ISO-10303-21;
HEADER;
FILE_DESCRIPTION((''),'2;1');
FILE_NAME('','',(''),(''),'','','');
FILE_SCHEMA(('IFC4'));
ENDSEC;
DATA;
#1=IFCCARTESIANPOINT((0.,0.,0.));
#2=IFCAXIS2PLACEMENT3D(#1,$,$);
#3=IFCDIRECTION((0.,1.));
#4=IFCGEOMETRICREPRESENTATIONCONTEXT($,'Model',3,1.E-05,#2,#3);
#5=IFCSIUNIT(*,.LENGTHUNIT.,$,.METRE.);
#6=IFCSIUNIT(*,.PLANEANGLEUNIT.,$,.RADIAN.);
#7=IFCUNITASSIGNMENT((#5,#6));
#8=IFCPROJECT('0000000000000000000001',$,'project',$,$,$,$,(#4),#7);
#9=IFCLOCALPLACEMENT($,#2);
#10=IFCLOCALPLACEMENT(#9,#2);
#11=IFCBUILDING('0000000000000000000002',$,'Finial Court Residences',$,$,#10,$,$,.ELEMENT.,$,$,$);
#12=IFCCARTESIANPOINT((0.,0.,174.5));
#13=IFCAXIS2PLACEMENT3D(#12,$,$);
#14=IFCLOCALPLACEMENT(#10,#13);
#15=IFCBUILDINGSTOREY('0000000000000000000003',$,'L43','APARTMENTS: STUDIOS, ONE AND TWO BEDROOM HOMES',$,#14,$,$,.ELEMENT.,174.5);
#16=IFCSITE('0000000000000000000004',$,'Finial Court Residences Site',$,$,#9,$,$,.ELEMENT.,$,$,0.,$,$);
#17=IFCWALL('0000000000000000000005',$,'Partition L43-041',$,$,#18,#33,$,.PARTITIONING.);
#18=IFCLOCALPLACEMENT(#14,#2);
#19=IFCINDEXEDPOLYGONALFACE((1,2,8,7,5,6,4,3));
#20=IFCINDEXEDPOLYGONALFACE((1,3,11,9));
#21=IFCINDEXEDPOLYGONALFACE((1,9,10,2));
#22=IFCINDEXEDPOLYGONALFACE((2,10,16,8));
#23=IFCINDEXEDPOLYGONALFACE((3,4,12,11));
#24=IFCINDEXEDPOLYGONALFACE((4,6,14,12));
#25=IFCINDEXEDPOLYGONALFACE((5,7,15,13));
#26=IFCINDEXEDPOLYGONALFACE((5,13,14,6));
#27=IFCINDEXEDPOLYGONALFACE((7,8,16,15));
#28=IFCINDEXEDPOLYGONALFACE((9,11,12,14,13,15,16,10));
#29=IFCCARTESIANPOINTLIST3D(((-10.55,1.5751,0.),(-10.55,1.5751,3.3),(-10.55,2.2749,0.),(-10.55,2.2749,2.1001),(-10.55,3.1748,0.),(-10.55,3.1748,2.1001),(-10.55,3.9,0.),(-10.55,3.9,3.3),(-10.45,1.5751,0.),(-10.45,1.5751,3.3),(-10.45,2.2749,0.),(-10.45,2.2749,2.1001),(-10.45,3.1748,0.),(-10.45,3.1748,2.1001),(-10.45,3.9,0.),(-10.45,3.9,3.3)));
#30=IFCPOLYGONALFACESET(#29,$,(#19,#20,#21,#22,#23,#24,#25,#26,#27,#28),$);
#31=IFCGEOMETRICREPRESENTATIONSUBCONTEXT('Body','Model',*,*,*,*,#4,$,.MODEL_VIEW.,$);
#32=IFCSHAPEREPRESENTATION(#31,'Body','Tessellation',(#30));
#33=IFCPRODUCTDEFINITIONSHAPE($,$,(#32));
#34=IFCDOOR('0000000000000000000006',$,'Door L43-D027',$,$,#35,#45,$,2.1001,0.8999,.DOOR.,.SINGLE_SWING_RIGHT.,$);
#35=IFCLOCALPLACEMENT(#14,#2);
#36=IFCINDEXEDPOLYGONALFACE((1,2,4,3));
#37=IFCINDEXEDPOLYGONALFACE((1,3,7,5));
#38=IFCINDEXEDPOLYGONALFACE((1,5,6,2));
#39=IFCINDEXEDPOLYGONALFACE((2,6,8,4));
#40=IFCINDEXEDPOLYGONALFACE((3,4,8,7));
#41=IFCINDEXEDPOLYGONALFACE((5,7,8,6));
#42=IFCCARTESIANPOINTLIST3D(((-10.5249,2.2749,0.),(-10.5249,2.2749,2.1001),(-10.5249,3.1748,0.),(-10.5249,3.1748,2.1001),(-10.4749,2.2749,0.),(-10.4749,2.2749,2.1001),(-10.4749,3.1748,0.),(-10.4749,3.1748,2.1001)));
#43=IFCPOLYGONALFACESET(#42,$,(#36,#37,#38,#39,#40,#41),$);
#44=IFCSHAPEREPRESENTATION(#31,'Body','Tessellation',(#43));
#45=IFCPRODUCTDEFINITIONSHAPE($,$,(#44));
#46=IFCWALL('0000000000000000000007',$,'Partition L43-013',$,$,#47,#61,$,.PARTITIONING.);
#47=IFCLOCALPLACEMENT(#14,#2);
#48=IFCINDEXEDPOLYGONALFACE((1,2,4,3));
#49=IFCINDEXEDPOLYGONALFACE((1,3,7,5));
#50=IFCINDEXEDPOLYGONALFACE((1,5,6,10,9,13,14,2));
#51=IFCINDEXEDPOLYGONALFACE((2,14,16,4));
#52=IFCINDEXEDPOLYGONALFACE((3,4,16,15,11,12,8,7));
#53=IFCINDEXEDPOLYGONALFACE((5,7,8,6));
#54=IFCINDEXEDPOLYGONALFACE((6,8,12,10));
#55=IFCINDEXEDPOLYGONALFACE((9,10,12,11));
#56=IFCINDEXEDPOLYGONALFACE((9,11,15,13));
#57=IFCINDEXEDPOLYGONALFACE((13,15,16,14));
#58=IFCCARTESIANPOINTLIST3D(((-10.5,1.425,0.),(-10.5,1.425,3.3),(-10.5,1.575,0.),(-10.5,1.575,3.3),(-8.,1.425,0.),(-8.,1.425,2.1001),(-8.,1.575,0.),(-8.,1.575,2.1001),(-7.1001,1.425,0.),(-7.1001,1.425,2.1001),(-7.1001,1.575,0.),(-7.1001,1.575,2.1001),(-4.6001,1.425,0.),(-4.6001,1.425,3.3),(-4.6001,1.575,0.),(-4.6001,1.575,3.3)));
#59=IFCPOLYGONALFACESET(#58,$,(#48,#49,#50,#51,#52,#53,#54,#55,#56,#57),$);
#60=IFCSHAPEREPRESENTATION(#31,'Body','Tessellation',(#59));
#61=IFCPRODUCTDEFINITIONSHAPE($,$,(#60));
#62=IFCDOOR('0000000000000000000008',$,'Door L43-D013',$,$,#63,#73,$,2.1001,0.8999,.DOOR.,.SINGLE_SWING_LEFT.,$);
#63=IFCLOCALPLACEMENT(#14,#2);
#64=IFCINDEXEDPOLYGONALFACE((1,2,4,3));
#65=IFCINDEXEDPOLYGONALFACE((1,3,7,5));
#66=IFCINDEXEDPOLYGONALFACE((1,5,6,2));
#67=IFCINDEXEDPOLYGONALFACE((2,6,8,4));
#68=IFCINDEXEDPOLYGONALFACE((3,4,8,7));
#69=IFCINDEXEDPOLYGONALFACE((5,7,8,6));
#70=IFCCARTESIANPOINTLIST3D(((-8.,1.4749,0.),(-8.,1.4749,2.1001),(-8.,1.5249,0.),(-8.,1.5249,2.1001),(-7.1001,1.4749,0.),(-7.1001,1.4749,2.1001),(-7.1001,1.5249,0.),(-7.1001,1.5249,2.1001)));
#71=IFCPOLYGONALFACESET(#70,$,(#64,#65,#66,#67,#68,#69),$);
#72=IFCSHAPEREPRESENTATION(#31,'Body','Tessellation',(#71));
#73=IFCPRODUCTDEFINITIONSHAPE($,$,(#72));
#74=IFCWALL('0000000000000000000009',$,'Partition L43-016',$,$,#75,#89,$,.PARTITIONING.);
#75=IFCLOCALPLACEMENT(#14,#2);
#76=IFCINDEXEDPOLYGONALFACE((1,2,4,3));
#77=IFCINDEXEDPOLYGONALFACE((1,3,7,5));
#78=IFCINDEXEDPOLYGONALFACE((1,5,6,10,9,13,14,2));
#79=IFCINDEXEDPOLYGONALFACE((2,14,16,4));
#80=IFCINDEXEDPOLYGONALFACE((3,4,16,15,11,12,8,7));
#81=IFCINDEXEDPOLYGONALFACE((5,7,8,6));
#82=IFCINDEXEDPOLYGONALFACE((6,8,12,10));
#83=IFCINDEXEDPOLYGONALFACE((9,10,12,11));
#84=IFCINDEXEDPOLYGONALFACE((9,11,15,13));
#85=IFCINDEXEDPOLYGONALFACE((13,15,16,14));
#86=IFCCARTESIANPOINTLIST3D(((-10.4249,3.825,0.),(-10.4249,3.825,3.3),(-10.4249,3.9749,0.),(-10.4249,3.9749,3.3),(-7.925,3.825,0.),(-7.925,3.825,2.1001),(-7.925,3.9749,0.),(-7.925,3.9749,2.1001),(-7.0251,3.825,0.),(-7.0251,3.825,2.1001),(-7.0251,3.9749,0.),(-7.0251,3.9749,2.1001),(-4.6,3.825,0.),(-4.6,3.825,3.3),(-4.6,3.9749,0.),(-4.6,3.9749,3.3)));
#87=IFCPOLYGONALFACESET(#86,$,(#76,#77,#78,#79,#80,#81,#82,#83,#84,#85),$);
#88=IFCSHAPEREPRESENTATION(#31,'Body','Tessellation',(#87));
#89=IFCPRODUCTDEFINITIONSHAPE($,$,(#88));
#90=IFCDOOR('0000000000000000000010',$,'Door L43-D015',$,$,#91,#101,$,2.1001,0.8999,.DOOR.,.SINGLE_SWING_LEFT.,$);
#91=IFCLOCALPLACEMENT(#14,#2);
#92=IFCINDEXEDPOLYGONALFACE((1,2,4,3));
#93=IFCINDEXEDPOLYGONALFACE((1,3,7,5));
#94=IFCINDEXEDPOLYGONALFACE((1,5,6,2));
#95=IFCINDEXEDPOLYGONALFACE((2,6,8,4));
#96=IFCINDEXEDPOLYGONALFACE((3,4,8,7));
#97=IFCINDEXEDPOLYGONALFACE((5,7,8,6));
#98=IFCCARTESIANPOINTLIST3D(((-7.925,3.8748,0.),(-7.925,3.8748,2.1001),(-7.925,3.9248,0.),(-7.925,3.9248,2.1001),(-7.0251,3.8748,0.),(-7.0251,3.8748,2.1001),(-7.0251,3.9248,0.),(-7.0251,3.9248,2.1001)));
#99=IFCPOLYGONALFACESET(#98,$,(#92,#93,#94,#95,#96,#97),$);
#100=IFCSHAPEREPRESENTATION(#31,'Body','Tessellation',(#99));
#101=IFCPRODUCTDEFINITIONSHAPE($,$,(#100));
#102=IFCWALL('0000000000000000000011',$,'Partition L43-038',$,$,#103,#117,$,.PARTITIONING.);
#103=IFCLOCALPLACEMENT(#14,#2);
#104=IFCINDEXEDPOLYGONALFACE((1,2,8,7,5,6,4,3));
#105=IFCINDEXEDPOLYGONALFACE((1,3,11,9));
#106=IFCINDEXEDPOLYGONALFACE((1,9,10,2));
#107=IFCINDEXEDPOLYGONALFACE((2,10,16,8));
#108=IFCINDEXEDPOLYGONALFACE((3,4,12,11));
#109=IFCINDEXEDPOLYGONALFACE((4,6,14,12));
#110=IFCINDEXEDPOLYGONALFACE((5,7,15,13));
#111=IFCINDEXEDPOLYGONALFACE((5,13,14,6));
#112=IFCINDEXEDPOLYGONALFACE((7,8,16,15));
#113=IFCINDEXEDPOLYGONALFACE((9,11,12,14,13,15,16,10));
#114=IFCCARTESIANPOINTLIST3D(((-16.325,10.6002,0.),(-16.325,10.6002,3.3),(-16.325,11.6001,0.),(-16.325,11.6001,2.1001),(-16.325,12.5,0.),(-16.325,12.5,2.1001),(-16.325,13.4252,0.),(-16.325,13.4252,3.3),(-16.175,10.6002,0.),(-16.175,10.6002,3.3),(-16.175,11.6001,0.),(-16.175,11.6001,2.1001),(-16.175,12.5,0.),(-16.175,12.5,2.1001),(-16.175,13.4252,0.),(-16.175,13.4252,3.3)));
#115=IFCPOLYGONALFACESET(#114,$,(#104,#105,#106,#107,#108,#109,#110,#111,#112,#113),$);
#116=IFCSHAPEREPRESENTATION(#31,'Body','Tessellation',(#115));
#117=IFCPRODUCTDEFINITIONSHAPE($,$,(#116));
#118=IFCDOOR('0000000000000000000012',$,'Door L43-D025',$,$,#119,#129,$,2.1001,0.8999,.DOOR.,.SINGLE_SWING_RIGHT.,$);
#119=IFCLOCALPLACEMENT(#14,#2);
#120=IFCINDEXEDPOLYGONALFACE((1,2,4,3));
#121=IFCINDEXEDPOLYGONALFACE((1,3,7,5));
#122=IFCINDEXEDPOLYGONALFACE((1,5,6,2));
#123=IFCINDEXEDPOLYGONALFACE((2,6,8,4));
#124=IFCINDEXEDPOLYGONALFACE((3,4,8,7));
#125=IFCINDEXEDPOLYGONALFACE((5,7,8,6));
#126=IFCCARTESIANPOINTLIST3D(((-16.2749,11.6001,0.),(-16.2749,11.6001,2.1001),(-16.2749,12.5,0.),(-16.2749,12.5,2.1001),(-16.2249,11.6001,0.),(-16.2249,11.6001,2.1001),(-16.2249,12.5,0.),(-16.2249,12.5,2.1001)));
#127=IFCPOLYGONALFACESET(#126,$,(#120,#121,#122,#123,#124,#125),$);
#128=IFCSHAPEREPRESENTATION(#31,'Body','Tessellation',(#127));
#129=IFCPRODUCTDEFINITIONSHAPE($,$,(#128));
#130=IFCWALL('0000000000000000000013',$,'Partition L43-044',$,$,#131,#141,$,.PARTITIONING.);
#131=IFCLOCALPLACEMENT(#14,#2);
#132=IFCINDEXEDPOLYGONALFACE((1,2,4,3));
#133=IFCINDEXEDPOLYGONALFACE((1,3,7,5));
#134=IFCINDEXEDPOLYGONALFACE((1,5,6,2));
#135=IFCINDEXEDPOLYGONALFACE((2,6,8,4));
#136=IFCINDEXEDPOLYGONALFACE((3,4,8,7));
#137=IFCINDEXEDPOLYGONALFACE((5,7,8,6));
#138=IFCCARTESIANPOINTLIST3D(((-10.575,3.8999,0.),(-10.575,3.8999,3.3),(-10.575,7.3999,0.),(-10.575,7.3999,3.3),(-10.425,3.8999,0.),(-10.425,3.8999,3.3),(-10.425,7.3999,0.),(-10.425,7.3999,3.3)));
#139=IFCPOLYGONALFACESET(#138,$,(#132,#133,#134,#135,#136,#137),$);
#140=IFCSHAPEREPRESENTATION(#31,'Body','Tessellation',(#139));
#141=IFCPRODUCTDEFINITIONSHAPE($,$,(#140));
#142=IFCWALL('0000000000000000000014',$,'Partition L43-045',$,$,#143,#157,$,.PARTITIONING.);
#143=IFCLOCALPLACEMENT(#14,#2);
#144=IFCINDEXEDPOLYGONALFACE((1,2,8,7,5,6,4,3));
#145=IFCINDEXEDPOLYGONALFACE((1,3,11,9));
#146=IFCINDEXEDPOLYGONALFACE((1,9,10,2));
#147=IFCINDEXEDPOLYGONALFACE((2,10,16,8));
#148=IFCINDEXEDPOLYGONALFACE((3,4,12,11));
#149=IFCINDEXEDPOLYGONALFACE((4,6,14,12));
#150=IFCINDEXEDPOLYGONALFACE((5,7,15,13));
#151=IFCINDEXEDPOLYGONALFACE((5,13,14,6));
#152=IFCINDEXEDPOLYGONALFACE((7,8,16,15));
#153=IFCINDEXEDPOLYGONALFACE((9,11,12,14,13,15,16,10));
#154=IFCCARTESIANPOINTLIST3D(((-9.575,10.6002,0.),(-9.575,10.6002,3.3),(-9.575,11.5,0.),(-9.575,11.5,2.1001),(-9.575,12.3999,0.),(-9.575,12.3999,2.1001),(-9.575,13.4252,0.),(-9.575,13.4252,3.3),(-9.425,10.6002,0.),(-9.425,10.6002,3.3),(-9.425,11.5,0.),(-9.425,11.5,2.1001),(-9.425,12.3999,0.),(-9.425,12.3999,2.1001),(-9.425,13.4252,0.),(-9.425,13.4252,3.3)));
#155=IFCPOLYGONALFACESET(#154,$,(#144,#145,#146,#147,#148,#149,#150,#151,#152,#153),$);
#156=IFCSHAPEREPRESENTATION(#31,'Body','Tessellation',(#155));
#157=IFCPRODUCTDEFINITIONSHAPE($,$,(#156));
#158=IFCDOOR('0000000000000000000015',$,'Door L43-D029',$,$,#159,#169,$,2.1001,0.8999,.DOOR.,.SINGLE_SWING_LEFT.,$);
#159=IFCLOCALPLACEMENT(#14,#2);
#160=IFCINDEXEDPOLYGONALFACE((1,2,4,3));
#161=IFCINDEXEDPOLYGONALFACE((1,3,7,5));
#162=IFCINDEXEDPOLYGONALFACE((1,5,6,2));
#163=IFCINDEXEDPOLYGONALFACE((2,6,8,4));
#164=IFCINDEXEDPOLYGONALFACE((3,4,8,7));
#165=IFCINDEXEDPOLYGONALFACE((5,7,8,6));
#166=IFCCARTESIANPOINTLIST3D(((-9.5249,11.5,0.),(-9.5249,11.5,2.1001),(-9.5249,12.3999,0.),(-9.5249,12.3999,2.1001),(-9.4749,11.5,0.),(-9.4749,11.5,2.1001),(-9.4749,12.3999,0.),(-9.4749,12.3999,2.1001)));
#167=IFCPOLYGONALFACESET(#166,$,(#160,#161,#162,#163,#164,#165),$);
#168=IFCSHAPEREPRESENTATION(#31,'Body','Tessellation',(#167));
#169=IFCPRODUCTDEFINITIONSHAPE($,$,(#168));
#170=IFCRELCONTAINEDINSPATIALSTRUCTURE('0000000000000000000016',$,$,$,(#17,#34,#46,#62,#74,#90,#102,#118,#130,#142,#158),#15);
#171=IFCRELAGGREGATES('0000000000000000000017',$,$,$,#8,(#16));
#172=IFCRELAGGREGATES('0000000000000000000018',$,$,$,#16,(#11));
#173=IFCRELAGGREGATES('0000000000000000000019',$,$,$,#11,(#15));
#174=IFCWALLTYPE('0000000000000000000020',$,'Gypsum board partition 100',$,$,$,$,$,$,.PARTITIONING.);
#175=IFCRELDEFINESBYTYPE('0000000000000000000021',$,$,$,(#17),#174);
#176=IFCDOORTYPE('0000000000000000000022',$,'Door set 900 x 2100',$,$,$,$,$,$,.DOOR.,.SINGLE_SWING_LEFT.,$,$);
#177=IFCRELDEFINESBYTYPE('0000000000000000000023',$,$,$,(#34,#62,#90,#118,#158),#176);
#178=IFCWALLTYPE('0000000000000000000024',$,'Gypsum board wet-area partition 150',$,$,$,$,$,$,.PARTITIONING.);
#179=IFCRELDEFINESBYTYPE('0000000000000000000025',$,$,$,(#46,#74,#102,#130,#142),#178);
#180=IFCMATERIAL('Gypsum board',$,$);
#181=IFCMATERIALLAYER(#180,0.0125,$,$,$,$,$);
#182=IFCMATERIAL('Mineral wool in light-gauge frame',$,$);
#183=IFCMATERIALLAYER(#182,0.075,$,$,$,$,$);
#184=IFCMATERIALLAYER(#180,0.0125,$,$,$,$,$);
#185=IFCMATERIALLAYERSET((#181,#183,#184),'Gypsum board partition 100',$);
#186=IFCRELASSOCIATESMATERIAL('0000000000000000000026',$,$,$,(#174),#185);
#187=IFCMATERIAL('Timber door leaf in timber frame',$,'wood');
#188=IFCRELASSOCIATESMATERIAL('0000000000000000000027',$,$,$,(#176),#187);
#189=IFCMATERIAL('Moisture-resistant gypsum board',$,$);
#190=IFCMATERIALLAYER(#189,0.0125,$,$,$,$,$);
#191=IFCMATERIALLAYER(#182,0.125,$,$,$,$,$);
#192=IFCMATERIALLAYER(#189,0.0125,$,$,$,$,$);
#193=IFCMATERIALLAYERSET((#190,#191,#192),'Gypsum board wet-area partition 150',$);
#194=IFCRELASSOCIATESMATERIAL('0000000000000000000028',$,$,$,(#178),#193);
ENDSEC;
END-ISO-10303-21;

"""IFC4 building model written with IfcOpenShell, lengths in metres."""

from ifc_helpers import new_model, si_unit, direction, frame, frame_2d, origin, place, context, subcontext, project, spatial, rectangle, extrude, material, layer, layer_set, type_object, element, fill, save


model = new_model("IFC4")

# Units and contexts
model_context = context("Model", 3, precision=1e-05, world=origin(), true_north=direction((0.0, 1.0)))
body_context = subcontext(model_context, "Body", "Model", "MODEL_VIEW")
ifc_project = project(units=[si_unit("LENGTHUNIT", "METRE"), si_unit("PLANEANGLEUNIT", "RADIAN")], contexts=[model_context])

# Site, building, storey
site_placement = place(None, origin())
site = spatial("IfcSite", under=ifc_project, at=site_placement, Name="Finial Court Residences Site", CompositionType="ELEMENT", RefElevation=0.0)
building_placement = place(site_placement, origin())
building = spatial("IfcBuilding", under=site, at=building_placement, Name="Finial Court Residences", CompositionType="ELEMENT")
storey_placement = place(building_placement, frame((0.0, 0.0, 174.5)))
storey = spatial("IfcBuildingStorey", under=building, at=storey_placement, Name="L43", Description="APARTMENTS: STUDIOS, ONE AND TWO BEDROOM HOMES", CompositionType="ELEMENT", Elevation=174.5)

# Shared definitions
ifc_material_1 = material(Name="Gypsum board")

# Shared definitions
ifc_layer_1 = layer(ifc_material_1, 0.0125)
ifc_material_2 = material(Name="Mineral wool in light-gauge frame")
ifc_layer_2 = layer(ifc_material_2, 0.075)
ifc_layer_3 = layer(ifc_material_1, 0.0125)
ifc_layer_set_1 = layer_set([ifc_layer_1, ifc_layer_2, ifc_layer_3], Name="Gypsum board partition 100")
wall_type_1 = type_object("IfcWallType", Name="Gypsum board partition 100", PredefinedType="PARTITIONING", material=ifc_layer_set_1)
ifc_material_3 = material(Name="Timber door leaf in timber frame", Category="wood")
door_type = type_object("IfcDoorType", Name="Door set 900 x 2100", OperationType="SINGLE_SWING_LEFT", PredefinedType="DOOR", material=ifc_material_3)

# Walls, openings, doors
wall_1_placement = place(storey_placement, frame((-10.5, 1.575, 0.0), z_axis=(0.0, 0.0, 1.0), x_axis=(0.0, 1.0, 0.0)))
wall_1 = element("IfcWall", 1, at=wall_1_placement, inside=storey, type_object=wall_type_1, Name="Partition L43-041", PredefinedType="PARTITIONING", context=body_context, shape_type="SweptSolid", body=[
    extrude(rectangle(XDim=2.325, YDim=0.1001, at=frame_2d((1.1626, 0.0))), origin(), (0.0, 0.0, 1.0), 3.3),
])
opening_1_placement = place(wall_1_placement, frame((0.7, 0.0, 0.0)))
opening_1 = element("IfcOpeningElement", 2, at=opening_1_placement, cuts=wall_1, PredefinedType="OPENING", context=body_context, shape_type="SweptSolid", body=[
    extrude(rectangle(XDim=0.8999, YDim=2.1001, at=frame_2d((0.45, 1.05))), frame((0.0, 0.0601, 0.0), z_axis=(0.0, -1.0, 0.0), x_axis=(1.0, 0.0, 0.0)), (0.0, 0.0, 1.0), 0.1201),
])
door_1_placement = place(opening_1_placement, origin())
door_1 = element("IfcDoor", 3, at=door_1_placement, inside=storey, type_object=door_type, Name="Door L43-D027", OperationType="SINGLE_SWING_RIGHT", OverallHeight=2.1001, OverallWidth=0.8999, PredefinedType="DOOR", context=body_context, shape_type="SweptSolid", body=[
    extrude(rectangle(XDim=0.8999, YDim=2.1001, at=frame_2d((0.45, 1.05))), frame((0.0, 0.0249, 0.0), z_axis=(0.0, -1.0, 0.0), x_axis=(1.0, 0.0, 0.0)), (0.0, 0.0, 1.0), 0.05),
])
fill(opening_1, door_1)
ifc_material_4 = material(Name="Moisture-resistant gypsum board")
ifc_layer_4 = layer(ifc_material_4, 0.0125)
ifc_layer_5 = layer(ifc_material_2, 0.125)
ifc_layer_6 = layer(ifc_material_4, 0.0125)
ifc_layer_set_2 = layer_set([ifc_layer_4, ifc_layer_5, ifc_layer_6], Name="Gypsum board wet-area partition 150")
wall_type_2 = type_object("IfcWallType", Name="Gypsum board wet-area partition 150", PredefinedType="PARTITIONING", material=ifc_layer_set_2)
wall_2_placement = place(storey_placement, frame((-10.5, 1.5, 0.0), z_axis=(0.0, 0.0, 1.0), x_axis=(1.0, 0.0, 0.0)))
wall_2 = element("IfcWall", 4, at=wall_2_placement, inside=storey, type_object=wall_type_2, Name="Partition L43-013", PredefinedType="PARTITIONING", context=body_context, shape_type="SweptSolid", body=[
    extrude(rectangle(XDim=5.8999, YDim=0.1499, at=frame_2d((2.95, 0.0))), origin(), (0.0, 0.0, 1.0), 3.3),
])
opening_2_placement = place(wall_2_placement, frame((2.5, 0.0, 0.0)))
opening_2 = element("IfcOpeningElement", 5, at=opening_2_placement, cuts=wall_2, PredefinedType="OPENING", context=body_context, shape_type="SweptSolid", body=[
    extrude(rectangle(XDim=0.8999, YDim=2.1001, at=frame_2d((0.45, 1.05))), frame((0.0, 0.085, 0.0), z_axis=(0.0, -1.0, 0.0), x_axis=(1.0, 0.0, 0.0)), (0.0, 0.0, 1.0), 0.1699),
])
door_2_placement = place(opening_2_placement, origin())
door_2 = element("IfcDoor", 6, at=door_2_placement, inside=storey, type_object=door_type, Name="Door L43-D013", OperationType="SINGLE_SWING_LEFT", OverallHeight=2.1001, OverallWidth=0.8999, PredefinedType="DOOR", context=body_context, shape_type="SweptSolid", body=[
    extrude(rectangle(XDim=0.8999, YDim=2.1001, at=frame_2d((0.45, 1.05))), frame((0.0, 0.0249, 0.0), z_axis=(0.0, -1.0, 0.0), x_axis=(1.0, 0.0, 0.0)), (0.0, 0.0, 1.0), 0.05),
])
fill(opening_2, door_2)
wall_3_placement = place(storey_placement, frame((-10.425, 3.8999, 0.0), z_axis=(0.0, 0.0, 1.0), x_axis=(1.0, 0.0, 0.0)))
wall_3 = element("IfcWall", 7, at=wall_3_placement, inside=storey, type_object=wall_type_2, Name="Partition L43-016", PredefinedType="PARTITIONING", context=body_context, shape_type="SweptSolid", body=[
    extrude(rectangle(XDim=5.825, YDim=0.1499, at=frame_2d((2.9126, 0.0))), origin(), (0.0, 0.0, 1.0), 3.3),
])
opening_3_placement = place(wall_3_placement, frame((2.5, 0.0, 0.0)))
opening_3 = element("IfcOpeningElement", 8, at=opening_3_placement, cuts=wall_3, PredefinedType="OPENING", context=body_context, shape_type="SweptSolid", body=[
    extrude(rectangle(XDim=0.8999, YDim=2.1001, at=frame_2d((0.45, 1.05))), frame((0.0, 0.085, 0.0), z_axis=(0.0, -1.0, 0.0), x_axis=(1.0, 0.0, 0.0)), (0.0, 0.0, 1.0), 0.1699),
])
door_3_placement = place(opening_3_placement, origin())
door_3 = element("IfcDoor", 9, at=door_3_placement, inside=storey, type_object=door_type, Name="Door L43-D015", OperationType="SINGLE_SWING_LEFT", OverallHeight=2.1001, OverallWidth=0.8999, PredefinedType="DOOR", context=body_context, shape_type="SweptSolid", body=[
    extrude(rectangle(XDim=0.8999, YDim=2.1001, at=frame_2d((0.45, 1.05))), frame((0.0, 0.0249, 0.0), z_axis=(0.0, -1.0, 0.0), x_axis=(1.0, 0.0, 0.0)), (0.0, 0.0, 1.0), 0.05),
])
fill(opening_3, door_3)
wall_4_placement = place(storey_placement, frame((-16.25, 10.6001, 0.0), z_axis=(0.0, 0.0, 1.0), x_axis=(0.0, 1.0, 0.0)))
wall_4 = element("IfcWall", 10, at=wall_4_placement, inside=storey, type_object=wall_type_2, Name="Partition L43-038", PredefinedType="PARTITIONING", context=body_context, shape_type="SweptSolid", body=[
    extrude(rectangle(XDim=2.825, YDim=0.1499, at=frame_2d((1.4126, 0.0))), origin(), (0.0, 0.0, 1.0), 3.3),
])
opening_4_placement = place(wall_4_placement, frame((1.0, 0.0, 0.0)))
opening_4 = element("IfcOpeningElement", 11, at=opening_4_placement, cuts=wall_4, PredefinedType="OPENING", context=body_context, shape_type="SweptSolid", body=[
    extrude(rectangle(XDim=0.8999, YDim=2.1001, at=frame_2d((0.45, 1.05))), frame((0.0, 0.085, 0.0), z_axis=(0.0, -1.0, 0.0), x_axis=(1.0, 0.0, 0.0)), (0.0, 0.0, 1.0), 0.1699),
])
door_4_placement = place(opening_4_placement, origin())
door_4 = element("IfcDoor", 12, at=door_4_placement, inside=storey, type_object=door_type, Name="Door L43-D025", OperationType="SINGLE_SWING_RIGHT", OverallHeight=2.1001, OverallWidth=0.8999, PredefinedType="DOOR", context=body_context, shape_type="SweptSolid", body=[
    extrude(rectangle(XDim=0.8999, YDim=2.1001, at=frame_2d((0.45, 1.05))), frame((0.0, 0.0249, 0.0), z_axis=(0.0, -1.0, 0.0), x_axis=(1.0, 0.0, 0.0)), (0.0, 0.0, 1.0), 0.05),
])
fill(opening_4, door_4)

# Wall
wall_5_placement = place(storey_placement, frame((-10.5, 3.8999, 0.0), z_axis=(0.0, 0.0, 1.0), x_axis=(0.0, 1.0, 0.0)))
element("IfcWall", 13, at=wall_5_placement, inside=storey, type_object=wall_type_2, Name="Partition L43-044", PredefinedType="PARTITIONING", context=body_context, shape_type="SweptSolid", body=[
    extrude(rectangle(XDim=3.5, YDim=0.1499, at=frame_2d((1.75, 0.0))), origin(), (0.0, 0.0, 1.0), 3.3),
])

# Wall, opening, door
wall_6_placement = place(storey_placement, frame((-9.5, 10.6001, 0.0), z_axis=(0.0, 0.0, 1.0), x_axis=(0.0, 1.0, 0.0)))
wall_6 = element("IfcWall", 14, at=wall_6_placement, inside=storey, type_object=wall_type_2, Name="Partition L43-045", PredefinedType="PARTITIONING", context=body_context, shape_type="SweptSolid", body=[
    extrude(rectangle(XDim=2.825, YDim=0.1499, at=frame_2d((1.4126, 0.0))), origin(), (0.0, 0.0, 1.0), 3.3),
])
opening_5_placement = place(wall_6_placement, frame((0.8999, 0.0, 0.0)))
opening_5 = element("IfcOpeningElement", 15, at=opening_5_placement, cuts=wall_6, PredefinedType="OPENING", context=body_context, shape_type="SweptSolid", body=[
    extrude(rectangle(XDim=0.8999, YDim=2.1001, at=frame_2d((0.45, 1.05))), frame((0.0, 0.085, 0.0), z_axis=(0.0, -1.0, 0.0), x_axis=(1.0, 0.0, 0.0)), (0.0, 0.0, 1.0), 0.1699),
])
door_5_placement = place(opening_5_placement, origin())
door_5 = element("IfcDoor", 16, at=door_5_placement, inside=storey, type_object=door_type, Name="Door L43-D029", OperationType="SINGLE_SWING_LEFT", OverallHeight=2.1001, OverallWidth=0.8999, PredefinedType="DOOR", context=body_context, shape_type="SweptSolid", body=[
    extrude(rectangle(XDim=0.8999, YDim=2.1001, at=frame_2d((0.45, 1.05))), frame((0.0, 0.0249, 0.0), z_axis=(0.0, -1.0, 0.0), x_axis=(1.0, 0.0, 0.0)), (0.0, 0.0, 1.0), 0.05),
])
fill(opening_5, door_5)

save(model, "model.ifc")
